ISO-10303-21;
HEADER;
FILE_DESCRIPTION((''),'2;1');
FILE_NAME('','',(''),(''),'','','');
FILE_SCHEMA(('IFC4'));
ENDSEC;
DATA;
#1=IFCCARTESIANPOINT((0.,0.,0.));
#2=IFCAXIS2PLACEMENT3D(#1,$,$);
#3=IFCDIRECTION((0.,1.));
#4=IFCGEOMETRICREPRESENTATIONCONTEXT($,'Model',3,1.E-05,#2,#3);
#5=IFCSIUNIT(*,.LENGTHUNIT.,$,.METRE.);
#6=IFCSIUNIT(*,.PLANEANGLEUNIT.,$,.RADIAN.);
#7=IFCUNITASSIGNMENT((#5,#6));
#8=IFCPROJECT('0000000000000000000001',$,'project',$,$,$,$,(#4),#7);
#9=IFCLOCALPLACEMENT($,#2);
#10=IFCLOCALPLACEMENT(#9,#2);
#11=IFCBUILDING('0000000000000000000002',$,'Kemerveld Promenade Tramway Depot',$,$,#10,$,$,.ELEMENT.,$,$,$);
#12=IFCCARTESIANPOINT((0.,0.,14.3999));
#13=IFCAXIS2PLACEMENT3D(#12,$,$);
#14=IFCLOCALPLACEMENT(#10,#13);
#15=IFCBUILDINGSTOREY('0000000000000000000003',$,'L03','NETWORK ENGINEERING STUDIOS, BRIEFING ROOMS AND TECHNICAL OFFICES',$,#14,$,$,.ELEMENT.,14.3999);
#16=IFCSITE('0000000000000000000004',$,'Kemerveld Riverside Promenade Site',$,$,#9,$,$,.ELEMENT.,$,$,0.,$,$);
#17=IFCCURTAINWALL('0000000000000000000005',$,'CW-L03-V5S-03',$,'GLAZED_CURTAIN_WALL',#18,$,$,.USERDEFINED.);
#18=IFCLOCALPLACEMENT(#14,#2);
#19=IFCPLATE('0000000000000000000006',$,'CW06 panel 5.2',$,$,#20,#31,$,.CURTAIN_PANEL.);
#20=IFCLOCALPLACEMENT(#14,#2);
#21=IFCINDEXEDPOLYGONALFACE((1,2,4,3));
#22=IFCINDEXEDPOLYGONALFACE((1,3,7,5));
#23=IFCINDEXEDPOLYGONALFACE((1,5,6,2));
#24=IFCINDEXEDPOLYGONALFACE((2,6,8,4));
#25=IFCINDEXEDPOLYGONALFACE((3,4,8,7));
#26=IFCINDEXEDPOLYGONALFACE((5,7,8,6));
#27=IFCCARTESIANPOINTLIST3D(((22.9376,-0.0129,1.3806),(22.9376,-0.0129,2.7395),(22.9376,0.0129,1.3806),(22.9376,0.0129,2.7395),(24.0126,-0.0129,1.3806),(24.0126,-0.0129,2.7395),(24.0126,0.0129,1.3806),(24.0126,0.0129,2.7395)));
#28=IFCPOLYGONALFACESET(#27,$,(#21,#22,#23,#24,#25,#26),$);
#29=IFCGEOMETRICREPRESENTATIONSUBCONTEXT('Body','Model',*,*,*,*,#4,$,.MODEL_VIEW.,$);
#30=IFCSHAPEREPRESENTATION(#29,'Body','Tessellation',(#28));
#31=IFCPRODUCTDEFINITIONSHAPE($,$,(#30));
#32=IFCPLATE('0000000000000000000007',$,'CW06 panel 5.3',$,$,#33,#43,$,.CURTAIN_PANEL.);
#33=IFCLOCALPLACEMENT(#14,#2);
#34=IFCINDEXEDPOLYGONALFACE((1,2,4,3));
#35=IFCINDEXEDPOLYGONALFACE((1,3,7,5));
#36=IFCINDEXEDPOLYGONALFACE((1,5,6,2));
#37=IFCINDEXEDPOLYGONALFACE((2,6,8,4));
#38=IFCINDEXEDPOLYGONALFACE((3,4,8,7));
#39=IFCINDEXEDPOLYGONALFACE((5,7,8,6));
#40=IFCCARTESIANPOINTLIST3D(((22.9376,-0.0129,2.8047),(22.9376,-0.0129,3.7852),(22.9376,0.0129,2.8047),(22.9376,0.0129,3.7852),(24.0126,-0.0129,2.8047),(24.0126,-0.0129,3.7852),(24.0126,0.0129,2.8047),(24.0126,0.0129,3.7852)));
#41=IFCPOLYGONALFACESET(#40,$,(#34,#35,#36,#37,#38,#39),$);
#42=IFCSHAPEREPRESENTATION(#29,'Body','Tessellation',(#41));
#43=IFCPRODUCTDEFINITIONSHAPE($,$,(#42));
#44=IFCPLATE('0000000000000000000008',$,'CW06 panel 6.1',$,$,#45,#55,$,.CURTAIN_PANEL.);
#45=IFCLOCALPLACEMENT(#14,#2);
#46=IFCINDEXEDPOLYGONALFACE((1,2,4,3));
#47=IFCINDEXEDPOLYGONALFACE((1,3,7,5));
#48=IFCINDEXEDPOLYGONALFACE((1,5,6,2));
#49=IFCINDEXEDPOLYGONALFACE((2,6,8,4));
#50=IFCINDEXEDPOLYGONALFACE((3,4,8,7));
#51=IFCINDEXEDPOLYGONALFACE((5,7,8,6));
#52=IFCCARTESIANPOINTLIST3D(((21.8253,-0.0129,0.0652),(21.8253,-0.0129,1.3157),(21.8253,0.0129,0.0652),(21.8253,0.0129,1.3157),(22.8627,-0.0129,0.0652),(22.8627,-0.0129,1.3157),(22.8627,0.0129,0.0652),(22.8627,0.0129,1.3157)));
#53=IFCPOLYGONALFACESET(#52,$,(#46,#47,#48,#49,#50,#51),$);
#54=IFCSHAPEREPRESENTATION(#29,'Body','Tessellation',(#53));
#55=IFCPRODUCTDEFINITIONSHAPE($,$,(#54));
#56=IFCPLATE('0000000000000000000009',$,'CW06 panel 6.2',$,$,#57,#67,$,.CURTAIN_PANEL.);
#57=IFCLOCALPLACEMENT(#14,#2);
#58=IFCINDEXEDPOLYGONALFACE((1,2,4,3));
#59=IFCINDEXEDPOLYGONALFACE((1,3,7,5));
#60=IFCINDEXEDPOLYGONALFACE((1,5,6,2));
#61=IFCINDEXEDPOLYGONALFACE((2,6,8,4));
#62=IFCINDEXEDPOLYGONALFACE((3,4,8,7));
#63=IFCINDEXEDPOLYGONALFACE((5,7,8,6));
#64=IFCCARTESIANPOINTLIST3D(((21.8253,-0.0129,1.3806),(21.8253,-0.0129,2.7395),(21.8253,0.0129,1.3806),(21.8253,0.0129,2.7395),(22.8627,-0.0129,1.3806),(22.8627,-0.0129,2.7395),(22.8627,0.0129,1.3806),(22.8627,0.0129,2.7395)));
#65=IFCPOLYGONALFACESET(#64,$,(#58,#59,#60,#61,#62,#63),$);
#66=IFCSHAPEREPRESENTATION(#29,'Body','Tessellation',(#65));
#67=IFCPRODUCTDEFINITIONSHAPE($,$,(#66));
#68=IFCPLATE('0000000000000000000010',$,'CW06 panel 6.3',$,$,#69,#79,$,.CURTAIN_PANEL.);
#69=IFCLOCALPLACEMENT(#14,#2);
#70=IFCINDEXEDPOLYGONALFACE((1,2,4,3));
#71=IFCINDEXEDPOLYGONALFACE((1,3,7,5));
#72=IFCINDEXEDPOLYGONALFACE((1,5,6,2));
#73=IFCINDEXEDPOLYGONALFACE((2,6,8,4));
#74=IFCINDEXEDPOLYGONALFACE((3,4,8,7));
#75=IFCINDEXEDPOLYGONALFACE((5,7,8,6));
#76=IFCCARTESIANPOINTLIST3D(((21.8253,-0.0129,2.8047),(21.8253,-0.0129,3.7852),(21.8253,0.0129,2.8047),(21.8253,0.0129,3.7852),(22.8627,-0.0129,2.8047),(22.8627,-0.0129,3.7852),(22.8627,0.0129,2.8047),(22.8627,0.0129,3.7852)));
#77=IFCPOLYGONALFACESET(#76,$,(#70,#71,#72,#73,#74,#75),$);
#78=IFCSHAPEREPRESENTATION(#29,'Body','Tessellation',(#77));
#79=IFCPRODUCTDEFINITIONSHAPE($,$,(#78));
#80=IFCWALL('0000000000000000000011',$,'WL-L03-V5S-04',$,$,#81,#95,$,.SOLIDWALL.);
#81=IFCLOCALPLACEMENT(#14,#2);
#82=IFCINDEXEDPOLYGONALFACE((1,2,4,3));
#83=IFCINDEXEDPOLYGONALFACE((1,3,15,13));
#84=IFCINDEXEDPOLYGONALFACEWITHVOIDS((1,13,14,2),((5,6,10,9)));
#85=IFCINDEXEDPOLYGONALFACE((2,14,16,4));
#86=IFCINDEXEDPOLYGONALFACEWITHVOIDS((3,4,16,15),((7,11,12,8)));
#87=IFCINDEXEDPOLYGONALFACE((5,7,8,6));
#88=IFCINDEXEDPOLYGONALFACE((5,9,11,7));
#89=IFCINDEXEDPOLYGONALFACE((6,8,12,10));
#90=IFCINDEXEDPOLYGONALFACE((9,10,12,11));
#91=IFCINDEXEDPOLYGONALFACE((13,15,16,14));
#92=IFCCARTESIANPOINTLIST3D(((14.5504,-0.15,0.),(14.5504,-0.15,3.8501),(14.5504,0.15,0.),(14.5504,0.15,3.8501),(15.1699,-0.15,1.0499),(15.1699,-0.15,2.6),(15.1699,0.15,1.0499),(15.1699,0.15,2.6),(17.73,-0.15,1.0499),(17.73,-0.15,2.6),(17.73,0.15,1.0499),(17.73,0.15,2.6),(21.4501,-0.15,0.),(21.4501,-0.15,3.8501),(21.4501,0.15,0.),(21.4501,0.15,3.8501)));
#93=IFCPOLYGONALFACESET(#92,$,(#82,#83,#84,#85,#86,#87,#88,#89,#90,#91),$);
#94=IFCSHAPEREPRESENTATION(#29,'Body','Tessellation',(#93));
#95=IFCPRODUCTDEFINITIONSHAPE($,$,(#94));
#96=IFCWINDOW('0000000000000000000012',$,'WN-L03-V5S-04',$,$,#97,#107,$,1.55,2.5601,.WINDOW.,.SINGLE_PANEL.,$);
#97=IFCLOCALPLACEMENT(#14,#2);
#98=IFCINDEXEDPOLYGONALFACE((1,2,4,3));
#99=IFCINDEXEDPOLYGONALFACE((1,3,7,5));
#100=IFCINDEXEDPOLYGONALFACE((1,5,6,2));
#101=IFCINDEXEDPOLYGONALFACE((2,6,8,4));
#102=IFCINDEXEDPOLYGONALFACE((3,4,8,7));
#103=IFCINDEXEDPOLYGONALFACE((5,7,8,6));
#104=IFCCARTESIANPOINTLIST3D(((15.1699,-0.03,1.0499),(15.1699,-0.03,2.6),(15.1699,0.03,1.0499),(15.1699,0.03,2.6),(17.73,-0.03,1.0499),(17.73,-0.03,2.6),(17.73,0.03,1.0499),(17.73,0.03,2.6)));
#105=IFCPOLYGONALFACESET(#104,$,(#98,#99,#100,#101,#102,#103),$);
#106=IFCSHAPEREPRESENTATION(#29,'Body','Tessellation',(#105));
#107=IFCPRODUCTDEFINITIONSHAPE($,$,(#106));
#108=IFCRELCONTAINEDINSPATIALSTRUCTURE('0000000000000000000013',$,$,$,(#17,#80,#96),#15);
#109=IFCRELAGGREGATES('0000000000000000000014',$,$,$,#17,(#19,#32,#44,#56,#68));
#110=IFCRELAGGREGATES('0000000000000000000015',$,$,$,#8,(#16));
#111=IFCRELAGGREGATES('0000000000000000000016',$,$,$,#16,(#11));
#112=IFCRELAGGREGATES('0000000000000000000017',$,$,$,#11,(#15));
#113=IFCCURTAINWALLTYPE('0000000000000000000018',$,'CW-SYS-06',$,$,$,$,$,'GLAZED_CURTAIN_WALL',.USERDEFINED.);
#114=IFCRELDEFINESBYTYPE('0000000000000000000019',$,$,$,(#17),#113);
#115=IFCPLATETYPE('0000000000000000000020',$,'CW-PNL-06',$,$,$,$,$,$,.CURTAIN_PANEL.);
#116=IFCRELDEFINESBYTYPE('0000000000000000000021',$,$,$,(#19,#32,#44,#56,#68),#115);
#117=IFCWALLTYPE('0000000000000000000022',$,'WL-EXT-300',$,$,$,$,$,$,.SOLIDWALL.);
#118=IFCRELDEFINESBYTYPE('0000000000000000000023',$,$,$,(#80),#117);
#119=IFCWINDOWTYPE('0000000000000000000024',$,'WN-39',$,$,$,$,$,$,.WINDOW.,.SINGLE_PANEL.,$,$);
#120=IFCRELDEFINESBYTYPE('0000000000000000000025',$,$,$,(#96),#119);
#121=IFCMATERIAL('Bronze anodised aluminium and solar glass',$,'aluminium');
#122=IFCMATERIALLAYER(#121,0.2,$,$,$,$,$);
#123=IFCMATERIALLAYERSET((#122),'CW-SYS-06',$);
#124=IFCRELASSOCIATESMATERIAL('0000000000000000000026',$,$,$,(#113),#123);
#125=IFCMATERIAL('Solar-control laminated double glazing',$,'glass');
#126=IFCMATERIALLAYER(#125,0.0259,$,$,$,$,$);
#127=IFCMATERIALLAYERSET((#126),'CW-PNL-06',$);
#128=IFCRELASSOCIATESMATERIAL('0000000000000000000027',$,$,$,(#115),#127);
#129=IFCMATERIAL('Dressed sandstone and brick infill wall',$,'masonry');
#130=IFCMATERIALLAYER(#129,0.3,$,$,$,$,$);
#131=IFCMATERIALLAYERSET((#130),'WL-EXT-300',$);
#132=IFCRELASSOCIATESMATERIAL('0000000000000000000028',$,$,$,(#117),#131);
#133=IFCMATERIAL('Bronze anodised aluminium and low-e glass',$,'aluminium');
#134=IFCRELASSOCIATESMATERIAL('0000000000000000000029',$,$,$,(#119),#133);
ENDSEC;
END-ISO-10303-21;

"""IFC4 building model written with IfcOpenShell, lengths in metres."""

from ifc_helpers import new_model, si_unit, direction, frame, frame_2d, origin, origin_2d, place, context, subcontext, project, spatial, rectangle, extrude, material, layer, layer_set, type_object, element, fill, aggregate, save


model = new_model("IFC4")

# Units and contexts
model_context = context("Model", 3, precision=1e-05, world=origin(), true_north=direction((0.0, 1.0)))
body_context = subcontext(model_context, "Body", "Model", "MODEL_VIEW")
ifc_project = project(units=[si_unit("LENGTHUNIT", "METRE"), si_unit("PLANEANGLEUNIT", "RADIAN")], contexts=[model_context])

# Site, building, storey
site_placement = place(None, origin())
site = spatial("IfcSite", under=ifc_project, at=site_placement, Name="Kemerveld Riverside Promenade Site", CompositionType="ELEMENT", RefElevation=0.0)
building_placement = place(site_placement, origin())
building = spatial("IfcBuilding", under=site, at=building_placement, Name="Kemerveld Promenade Tramway Depot", CompositionType="ELEMENT")
storey_placement = place(building_placement, frame((0.0, 0.0, 14.3999)))
storey = spatial("IfcBuildingStorey", under=building, at=storey_placement, Name="L03", Description="NETWORK ENGINEERING STUDIOS, BRIEFING ROOMS AND TECHNICAL OFFICES", CompositionType="ELEMENT", Elevation=14.3999)

# Curtain wall, plates
ifc_material_1 = material(Name="Bronze anodised aluminium and solar glass", Category="aluminium")
ifc_layer_1 = layer(ifc_material_1, 0.2)
ifc_layer_set_1 = layer_set([ifc_layer_1], Name="CW-SYS-06")
curtain_wall_type = type_object("IfcCurtainWallType", Name="CW-SYS-06", ElementType="GLAZED_CURTAIN_WALL", PredefinedType="USERDEFINED", material=ifc_layer_set_1)
curtain_wall_placement = place(storey_placement, origin())
curtain_wall = element("IfcCurtainWall", 1, at=curtain_wall_placement, inside=storey, type_object=curtain_wall_type, Name="CW-L03-V5S-03", ObjectType="GLAZED_CURTAIN_WALL", PredefinedType="USERDEFINED")
ifc_material_2 = material(Name="Solar-control laminated double glazing", Category="glass")
ifc_layer_2 = layer(ifc_material_2, 0.0259)
ifc_layer_set_2 = layer_set([ifc_layer_2], Name="CW-PNL-06")
plate_type = type_object("IfcPlateType", Name="CW-PNL-06", PredefinedType="CURTAIN_PANEL", material=ifc_layer_set_2)
plate_1_placement = place(storey_placement, frame((23.4751, 0.0, 1.3806), z_axis=(0.0, 0.0, 1.0), x_axis=(-1.0, 0.0, 0.0)))
plate_1 = element("IfcPlate", 2, at=plate_1_placement, type_object=plate_type, Name="CW06 panel 5.2", PredefinedType="CURTAIN_PANEL", context=body_context, shape_type="SweptSolid", body=[
    extrude(rectangle(XDim=1.075, YDim=0.0259, at=origin_2d()), origin(), (0.0, 0.0, 1.0), 1.3589),
])
plate_2_placement = place(storey_placement, frame((23.4751, 0.0, 2.8047), z_axis=(0.0, 0.0, 1.0), x_axis=(-1.0, 0.0, 0.0)))
plate_2 = element("IfcPlate", 3, at=plate_2_placement, type_object=plate_type, Name="CW06 panel 5.3", PredefinedType="CURTAIN_PANEL", context=body_context, shape_type="SweptSolid", body=[
    extrude(rectangle(XDim=1.075, YDim=0.0259, at=origin_2d()), origin(), (0.0, 0.0, 1.0), 0.9805),
])
plate_3_placement = place(storey_placement, frame((22.344, 0.0, 0.0652), z_axis=(0.0, 0.0, 1.0), x_axis=(-1.0, 0.0, 0.0)))
plate_3 = element("IfcPlate", 4, at=plate_3_placement, type_object=plate_type, Name="CW06 panel 6.1", PredefinedType="CURTAIN_PANEL", context=body_context, shape_type="SweptSolid", body=[
    extrude(rectangle(XDim=1.0374, YDim=0.0259, at=origin_2d()), origin(), (0.0, 0.0, 1.0), 1.2505),
])
plate_4_placement = place(storey_placement, frame((22.344, 0.0, 1.3806), z_axis=(0.0, 0.0, 1.0), x_axis=(-1.0, 0.0, 0.0)))
plate_4 = element("IfcPlate", 5, at=plate_4_placement, type_object=plate_type, Name="CW06 panel 6.2", PredefinedType="CURTAIN_PANEL", context=body_context, shape_type="SweptSolid", body=[
    extrude(rectangle(XDim=1.0374, YDim=0.0259, at=origin_2d()), origin(), (0.0, 0.0, 1.0), 1.3589),
])
plate_5_placement = place(storey_placement, frame((22.344, 0.0, 2.8047), z_axis=(0.0, 0.0, 1.0), x_axis=(-1.0, 0.0, 0.0)))
plate_5 = element("IfcPlate", 6, at=plate_5_placement, type_object=plate_type, Name="CW06 panel 6.3", PredefinedType="CURTAIN_PANEL", context=body_context, shape_type="SweptSolid", body=[
    extrude(rectangle(XDim=1.0374, YDim=0.0259, at=origin_2d()), origin(), (0.0, 0.0, 1.0), 0.9805),
])
aggregate(curtain_wall, [plate_1, plate_2, plate_3, plate_4, plate_5])

# Wall, opening, window
ifc_material_3 = material(Name="Dressed sandstone and brick infill wall", Category="masonry")
ifc_layer_3 = layer(ifc_material_3, 0.3)
ifc_layer_set_3 = layer_set([ifc_layer_3], Name="WL-EXT-300")
wall_type = type_object("IfcWallType", Name="WL-EXT-300", PredefinedType="SOLIDWALL", material=ifc_layer_set_3)
wall_placement = place(storey_placement, frame((21.45, 0.0, 0.0), z_axis=(0.0, 0.0, 1.0), x_axis=(-1.0, 0.0, 0.0)))
wall = element("IfcWall", 7, at=wall_placement, inside=storey, type_object=wall_type, Name="WL-L03-V5S-04", PredefinedType="SOLIDWALL", context=body_context, shape_type="SweptSolid", body=[
    extrude(rectangle(XDim=6.8997, YDim=0.3, at=frame_2d((3.4497, 0.0))), origin(), (0.0, 0.0, 1.0), 3.8501),
])
opening_placement = place(wall_placement, frame((3.72, 0.0, 1.05)))
opening = element("IfcOpeningElement", 8, at=opening_placement, cuts=wall, PredefinedType="OPENING", context=body_context, shape_type="SweptSolid", body=[
    extrude(rectangle(XDim=2.5601, YDim=1.55, at=frame_2d((1.28, 0.7749))), frame((0.0, 0.1599, 0.0), z_axis=(0.0, -1.0, 0.0), x_axis=(1.0, 0.0, 0.0)), (0.0, 0.0, 1.0), 0.3201),
])
ifc_material_4 = material(Name="Bronze anodised aluminium and low-e glass", Category="aluminium")
window_type = type_object("IfcWindowType", Name="WN-39", PartitioningType="SINGLE_PANEL", PredefinedType="WINDOW", material=ifc_material_4)
window_placement = place(opening_placement, origin())
window = element("IfcWindow", 9, at=window_placement, inside=storey, type_object=window_type, Name="WN-L03-V5S-04", OverallHeight=1.55, OverallWidth=2.5601, PartitioningType="SINGLE_PANEL", PredefinedType="WINDOW", context=body_context, shape_type="SweptSolid", body=[
    extrude(rectangle(XDim=2.5601, YDim=1.55, at=frame_2d((1.28, 0.7749))), frame((0.0, 0.03, 0.0), z_axis=(0.0, -1.0, 0.0), x_axis=(1.0, 0.0, 0.0)), (0.0, 0.0, 1.0), 0.0601),
])
fill(opening, window)

save(model, "model.ifc")
